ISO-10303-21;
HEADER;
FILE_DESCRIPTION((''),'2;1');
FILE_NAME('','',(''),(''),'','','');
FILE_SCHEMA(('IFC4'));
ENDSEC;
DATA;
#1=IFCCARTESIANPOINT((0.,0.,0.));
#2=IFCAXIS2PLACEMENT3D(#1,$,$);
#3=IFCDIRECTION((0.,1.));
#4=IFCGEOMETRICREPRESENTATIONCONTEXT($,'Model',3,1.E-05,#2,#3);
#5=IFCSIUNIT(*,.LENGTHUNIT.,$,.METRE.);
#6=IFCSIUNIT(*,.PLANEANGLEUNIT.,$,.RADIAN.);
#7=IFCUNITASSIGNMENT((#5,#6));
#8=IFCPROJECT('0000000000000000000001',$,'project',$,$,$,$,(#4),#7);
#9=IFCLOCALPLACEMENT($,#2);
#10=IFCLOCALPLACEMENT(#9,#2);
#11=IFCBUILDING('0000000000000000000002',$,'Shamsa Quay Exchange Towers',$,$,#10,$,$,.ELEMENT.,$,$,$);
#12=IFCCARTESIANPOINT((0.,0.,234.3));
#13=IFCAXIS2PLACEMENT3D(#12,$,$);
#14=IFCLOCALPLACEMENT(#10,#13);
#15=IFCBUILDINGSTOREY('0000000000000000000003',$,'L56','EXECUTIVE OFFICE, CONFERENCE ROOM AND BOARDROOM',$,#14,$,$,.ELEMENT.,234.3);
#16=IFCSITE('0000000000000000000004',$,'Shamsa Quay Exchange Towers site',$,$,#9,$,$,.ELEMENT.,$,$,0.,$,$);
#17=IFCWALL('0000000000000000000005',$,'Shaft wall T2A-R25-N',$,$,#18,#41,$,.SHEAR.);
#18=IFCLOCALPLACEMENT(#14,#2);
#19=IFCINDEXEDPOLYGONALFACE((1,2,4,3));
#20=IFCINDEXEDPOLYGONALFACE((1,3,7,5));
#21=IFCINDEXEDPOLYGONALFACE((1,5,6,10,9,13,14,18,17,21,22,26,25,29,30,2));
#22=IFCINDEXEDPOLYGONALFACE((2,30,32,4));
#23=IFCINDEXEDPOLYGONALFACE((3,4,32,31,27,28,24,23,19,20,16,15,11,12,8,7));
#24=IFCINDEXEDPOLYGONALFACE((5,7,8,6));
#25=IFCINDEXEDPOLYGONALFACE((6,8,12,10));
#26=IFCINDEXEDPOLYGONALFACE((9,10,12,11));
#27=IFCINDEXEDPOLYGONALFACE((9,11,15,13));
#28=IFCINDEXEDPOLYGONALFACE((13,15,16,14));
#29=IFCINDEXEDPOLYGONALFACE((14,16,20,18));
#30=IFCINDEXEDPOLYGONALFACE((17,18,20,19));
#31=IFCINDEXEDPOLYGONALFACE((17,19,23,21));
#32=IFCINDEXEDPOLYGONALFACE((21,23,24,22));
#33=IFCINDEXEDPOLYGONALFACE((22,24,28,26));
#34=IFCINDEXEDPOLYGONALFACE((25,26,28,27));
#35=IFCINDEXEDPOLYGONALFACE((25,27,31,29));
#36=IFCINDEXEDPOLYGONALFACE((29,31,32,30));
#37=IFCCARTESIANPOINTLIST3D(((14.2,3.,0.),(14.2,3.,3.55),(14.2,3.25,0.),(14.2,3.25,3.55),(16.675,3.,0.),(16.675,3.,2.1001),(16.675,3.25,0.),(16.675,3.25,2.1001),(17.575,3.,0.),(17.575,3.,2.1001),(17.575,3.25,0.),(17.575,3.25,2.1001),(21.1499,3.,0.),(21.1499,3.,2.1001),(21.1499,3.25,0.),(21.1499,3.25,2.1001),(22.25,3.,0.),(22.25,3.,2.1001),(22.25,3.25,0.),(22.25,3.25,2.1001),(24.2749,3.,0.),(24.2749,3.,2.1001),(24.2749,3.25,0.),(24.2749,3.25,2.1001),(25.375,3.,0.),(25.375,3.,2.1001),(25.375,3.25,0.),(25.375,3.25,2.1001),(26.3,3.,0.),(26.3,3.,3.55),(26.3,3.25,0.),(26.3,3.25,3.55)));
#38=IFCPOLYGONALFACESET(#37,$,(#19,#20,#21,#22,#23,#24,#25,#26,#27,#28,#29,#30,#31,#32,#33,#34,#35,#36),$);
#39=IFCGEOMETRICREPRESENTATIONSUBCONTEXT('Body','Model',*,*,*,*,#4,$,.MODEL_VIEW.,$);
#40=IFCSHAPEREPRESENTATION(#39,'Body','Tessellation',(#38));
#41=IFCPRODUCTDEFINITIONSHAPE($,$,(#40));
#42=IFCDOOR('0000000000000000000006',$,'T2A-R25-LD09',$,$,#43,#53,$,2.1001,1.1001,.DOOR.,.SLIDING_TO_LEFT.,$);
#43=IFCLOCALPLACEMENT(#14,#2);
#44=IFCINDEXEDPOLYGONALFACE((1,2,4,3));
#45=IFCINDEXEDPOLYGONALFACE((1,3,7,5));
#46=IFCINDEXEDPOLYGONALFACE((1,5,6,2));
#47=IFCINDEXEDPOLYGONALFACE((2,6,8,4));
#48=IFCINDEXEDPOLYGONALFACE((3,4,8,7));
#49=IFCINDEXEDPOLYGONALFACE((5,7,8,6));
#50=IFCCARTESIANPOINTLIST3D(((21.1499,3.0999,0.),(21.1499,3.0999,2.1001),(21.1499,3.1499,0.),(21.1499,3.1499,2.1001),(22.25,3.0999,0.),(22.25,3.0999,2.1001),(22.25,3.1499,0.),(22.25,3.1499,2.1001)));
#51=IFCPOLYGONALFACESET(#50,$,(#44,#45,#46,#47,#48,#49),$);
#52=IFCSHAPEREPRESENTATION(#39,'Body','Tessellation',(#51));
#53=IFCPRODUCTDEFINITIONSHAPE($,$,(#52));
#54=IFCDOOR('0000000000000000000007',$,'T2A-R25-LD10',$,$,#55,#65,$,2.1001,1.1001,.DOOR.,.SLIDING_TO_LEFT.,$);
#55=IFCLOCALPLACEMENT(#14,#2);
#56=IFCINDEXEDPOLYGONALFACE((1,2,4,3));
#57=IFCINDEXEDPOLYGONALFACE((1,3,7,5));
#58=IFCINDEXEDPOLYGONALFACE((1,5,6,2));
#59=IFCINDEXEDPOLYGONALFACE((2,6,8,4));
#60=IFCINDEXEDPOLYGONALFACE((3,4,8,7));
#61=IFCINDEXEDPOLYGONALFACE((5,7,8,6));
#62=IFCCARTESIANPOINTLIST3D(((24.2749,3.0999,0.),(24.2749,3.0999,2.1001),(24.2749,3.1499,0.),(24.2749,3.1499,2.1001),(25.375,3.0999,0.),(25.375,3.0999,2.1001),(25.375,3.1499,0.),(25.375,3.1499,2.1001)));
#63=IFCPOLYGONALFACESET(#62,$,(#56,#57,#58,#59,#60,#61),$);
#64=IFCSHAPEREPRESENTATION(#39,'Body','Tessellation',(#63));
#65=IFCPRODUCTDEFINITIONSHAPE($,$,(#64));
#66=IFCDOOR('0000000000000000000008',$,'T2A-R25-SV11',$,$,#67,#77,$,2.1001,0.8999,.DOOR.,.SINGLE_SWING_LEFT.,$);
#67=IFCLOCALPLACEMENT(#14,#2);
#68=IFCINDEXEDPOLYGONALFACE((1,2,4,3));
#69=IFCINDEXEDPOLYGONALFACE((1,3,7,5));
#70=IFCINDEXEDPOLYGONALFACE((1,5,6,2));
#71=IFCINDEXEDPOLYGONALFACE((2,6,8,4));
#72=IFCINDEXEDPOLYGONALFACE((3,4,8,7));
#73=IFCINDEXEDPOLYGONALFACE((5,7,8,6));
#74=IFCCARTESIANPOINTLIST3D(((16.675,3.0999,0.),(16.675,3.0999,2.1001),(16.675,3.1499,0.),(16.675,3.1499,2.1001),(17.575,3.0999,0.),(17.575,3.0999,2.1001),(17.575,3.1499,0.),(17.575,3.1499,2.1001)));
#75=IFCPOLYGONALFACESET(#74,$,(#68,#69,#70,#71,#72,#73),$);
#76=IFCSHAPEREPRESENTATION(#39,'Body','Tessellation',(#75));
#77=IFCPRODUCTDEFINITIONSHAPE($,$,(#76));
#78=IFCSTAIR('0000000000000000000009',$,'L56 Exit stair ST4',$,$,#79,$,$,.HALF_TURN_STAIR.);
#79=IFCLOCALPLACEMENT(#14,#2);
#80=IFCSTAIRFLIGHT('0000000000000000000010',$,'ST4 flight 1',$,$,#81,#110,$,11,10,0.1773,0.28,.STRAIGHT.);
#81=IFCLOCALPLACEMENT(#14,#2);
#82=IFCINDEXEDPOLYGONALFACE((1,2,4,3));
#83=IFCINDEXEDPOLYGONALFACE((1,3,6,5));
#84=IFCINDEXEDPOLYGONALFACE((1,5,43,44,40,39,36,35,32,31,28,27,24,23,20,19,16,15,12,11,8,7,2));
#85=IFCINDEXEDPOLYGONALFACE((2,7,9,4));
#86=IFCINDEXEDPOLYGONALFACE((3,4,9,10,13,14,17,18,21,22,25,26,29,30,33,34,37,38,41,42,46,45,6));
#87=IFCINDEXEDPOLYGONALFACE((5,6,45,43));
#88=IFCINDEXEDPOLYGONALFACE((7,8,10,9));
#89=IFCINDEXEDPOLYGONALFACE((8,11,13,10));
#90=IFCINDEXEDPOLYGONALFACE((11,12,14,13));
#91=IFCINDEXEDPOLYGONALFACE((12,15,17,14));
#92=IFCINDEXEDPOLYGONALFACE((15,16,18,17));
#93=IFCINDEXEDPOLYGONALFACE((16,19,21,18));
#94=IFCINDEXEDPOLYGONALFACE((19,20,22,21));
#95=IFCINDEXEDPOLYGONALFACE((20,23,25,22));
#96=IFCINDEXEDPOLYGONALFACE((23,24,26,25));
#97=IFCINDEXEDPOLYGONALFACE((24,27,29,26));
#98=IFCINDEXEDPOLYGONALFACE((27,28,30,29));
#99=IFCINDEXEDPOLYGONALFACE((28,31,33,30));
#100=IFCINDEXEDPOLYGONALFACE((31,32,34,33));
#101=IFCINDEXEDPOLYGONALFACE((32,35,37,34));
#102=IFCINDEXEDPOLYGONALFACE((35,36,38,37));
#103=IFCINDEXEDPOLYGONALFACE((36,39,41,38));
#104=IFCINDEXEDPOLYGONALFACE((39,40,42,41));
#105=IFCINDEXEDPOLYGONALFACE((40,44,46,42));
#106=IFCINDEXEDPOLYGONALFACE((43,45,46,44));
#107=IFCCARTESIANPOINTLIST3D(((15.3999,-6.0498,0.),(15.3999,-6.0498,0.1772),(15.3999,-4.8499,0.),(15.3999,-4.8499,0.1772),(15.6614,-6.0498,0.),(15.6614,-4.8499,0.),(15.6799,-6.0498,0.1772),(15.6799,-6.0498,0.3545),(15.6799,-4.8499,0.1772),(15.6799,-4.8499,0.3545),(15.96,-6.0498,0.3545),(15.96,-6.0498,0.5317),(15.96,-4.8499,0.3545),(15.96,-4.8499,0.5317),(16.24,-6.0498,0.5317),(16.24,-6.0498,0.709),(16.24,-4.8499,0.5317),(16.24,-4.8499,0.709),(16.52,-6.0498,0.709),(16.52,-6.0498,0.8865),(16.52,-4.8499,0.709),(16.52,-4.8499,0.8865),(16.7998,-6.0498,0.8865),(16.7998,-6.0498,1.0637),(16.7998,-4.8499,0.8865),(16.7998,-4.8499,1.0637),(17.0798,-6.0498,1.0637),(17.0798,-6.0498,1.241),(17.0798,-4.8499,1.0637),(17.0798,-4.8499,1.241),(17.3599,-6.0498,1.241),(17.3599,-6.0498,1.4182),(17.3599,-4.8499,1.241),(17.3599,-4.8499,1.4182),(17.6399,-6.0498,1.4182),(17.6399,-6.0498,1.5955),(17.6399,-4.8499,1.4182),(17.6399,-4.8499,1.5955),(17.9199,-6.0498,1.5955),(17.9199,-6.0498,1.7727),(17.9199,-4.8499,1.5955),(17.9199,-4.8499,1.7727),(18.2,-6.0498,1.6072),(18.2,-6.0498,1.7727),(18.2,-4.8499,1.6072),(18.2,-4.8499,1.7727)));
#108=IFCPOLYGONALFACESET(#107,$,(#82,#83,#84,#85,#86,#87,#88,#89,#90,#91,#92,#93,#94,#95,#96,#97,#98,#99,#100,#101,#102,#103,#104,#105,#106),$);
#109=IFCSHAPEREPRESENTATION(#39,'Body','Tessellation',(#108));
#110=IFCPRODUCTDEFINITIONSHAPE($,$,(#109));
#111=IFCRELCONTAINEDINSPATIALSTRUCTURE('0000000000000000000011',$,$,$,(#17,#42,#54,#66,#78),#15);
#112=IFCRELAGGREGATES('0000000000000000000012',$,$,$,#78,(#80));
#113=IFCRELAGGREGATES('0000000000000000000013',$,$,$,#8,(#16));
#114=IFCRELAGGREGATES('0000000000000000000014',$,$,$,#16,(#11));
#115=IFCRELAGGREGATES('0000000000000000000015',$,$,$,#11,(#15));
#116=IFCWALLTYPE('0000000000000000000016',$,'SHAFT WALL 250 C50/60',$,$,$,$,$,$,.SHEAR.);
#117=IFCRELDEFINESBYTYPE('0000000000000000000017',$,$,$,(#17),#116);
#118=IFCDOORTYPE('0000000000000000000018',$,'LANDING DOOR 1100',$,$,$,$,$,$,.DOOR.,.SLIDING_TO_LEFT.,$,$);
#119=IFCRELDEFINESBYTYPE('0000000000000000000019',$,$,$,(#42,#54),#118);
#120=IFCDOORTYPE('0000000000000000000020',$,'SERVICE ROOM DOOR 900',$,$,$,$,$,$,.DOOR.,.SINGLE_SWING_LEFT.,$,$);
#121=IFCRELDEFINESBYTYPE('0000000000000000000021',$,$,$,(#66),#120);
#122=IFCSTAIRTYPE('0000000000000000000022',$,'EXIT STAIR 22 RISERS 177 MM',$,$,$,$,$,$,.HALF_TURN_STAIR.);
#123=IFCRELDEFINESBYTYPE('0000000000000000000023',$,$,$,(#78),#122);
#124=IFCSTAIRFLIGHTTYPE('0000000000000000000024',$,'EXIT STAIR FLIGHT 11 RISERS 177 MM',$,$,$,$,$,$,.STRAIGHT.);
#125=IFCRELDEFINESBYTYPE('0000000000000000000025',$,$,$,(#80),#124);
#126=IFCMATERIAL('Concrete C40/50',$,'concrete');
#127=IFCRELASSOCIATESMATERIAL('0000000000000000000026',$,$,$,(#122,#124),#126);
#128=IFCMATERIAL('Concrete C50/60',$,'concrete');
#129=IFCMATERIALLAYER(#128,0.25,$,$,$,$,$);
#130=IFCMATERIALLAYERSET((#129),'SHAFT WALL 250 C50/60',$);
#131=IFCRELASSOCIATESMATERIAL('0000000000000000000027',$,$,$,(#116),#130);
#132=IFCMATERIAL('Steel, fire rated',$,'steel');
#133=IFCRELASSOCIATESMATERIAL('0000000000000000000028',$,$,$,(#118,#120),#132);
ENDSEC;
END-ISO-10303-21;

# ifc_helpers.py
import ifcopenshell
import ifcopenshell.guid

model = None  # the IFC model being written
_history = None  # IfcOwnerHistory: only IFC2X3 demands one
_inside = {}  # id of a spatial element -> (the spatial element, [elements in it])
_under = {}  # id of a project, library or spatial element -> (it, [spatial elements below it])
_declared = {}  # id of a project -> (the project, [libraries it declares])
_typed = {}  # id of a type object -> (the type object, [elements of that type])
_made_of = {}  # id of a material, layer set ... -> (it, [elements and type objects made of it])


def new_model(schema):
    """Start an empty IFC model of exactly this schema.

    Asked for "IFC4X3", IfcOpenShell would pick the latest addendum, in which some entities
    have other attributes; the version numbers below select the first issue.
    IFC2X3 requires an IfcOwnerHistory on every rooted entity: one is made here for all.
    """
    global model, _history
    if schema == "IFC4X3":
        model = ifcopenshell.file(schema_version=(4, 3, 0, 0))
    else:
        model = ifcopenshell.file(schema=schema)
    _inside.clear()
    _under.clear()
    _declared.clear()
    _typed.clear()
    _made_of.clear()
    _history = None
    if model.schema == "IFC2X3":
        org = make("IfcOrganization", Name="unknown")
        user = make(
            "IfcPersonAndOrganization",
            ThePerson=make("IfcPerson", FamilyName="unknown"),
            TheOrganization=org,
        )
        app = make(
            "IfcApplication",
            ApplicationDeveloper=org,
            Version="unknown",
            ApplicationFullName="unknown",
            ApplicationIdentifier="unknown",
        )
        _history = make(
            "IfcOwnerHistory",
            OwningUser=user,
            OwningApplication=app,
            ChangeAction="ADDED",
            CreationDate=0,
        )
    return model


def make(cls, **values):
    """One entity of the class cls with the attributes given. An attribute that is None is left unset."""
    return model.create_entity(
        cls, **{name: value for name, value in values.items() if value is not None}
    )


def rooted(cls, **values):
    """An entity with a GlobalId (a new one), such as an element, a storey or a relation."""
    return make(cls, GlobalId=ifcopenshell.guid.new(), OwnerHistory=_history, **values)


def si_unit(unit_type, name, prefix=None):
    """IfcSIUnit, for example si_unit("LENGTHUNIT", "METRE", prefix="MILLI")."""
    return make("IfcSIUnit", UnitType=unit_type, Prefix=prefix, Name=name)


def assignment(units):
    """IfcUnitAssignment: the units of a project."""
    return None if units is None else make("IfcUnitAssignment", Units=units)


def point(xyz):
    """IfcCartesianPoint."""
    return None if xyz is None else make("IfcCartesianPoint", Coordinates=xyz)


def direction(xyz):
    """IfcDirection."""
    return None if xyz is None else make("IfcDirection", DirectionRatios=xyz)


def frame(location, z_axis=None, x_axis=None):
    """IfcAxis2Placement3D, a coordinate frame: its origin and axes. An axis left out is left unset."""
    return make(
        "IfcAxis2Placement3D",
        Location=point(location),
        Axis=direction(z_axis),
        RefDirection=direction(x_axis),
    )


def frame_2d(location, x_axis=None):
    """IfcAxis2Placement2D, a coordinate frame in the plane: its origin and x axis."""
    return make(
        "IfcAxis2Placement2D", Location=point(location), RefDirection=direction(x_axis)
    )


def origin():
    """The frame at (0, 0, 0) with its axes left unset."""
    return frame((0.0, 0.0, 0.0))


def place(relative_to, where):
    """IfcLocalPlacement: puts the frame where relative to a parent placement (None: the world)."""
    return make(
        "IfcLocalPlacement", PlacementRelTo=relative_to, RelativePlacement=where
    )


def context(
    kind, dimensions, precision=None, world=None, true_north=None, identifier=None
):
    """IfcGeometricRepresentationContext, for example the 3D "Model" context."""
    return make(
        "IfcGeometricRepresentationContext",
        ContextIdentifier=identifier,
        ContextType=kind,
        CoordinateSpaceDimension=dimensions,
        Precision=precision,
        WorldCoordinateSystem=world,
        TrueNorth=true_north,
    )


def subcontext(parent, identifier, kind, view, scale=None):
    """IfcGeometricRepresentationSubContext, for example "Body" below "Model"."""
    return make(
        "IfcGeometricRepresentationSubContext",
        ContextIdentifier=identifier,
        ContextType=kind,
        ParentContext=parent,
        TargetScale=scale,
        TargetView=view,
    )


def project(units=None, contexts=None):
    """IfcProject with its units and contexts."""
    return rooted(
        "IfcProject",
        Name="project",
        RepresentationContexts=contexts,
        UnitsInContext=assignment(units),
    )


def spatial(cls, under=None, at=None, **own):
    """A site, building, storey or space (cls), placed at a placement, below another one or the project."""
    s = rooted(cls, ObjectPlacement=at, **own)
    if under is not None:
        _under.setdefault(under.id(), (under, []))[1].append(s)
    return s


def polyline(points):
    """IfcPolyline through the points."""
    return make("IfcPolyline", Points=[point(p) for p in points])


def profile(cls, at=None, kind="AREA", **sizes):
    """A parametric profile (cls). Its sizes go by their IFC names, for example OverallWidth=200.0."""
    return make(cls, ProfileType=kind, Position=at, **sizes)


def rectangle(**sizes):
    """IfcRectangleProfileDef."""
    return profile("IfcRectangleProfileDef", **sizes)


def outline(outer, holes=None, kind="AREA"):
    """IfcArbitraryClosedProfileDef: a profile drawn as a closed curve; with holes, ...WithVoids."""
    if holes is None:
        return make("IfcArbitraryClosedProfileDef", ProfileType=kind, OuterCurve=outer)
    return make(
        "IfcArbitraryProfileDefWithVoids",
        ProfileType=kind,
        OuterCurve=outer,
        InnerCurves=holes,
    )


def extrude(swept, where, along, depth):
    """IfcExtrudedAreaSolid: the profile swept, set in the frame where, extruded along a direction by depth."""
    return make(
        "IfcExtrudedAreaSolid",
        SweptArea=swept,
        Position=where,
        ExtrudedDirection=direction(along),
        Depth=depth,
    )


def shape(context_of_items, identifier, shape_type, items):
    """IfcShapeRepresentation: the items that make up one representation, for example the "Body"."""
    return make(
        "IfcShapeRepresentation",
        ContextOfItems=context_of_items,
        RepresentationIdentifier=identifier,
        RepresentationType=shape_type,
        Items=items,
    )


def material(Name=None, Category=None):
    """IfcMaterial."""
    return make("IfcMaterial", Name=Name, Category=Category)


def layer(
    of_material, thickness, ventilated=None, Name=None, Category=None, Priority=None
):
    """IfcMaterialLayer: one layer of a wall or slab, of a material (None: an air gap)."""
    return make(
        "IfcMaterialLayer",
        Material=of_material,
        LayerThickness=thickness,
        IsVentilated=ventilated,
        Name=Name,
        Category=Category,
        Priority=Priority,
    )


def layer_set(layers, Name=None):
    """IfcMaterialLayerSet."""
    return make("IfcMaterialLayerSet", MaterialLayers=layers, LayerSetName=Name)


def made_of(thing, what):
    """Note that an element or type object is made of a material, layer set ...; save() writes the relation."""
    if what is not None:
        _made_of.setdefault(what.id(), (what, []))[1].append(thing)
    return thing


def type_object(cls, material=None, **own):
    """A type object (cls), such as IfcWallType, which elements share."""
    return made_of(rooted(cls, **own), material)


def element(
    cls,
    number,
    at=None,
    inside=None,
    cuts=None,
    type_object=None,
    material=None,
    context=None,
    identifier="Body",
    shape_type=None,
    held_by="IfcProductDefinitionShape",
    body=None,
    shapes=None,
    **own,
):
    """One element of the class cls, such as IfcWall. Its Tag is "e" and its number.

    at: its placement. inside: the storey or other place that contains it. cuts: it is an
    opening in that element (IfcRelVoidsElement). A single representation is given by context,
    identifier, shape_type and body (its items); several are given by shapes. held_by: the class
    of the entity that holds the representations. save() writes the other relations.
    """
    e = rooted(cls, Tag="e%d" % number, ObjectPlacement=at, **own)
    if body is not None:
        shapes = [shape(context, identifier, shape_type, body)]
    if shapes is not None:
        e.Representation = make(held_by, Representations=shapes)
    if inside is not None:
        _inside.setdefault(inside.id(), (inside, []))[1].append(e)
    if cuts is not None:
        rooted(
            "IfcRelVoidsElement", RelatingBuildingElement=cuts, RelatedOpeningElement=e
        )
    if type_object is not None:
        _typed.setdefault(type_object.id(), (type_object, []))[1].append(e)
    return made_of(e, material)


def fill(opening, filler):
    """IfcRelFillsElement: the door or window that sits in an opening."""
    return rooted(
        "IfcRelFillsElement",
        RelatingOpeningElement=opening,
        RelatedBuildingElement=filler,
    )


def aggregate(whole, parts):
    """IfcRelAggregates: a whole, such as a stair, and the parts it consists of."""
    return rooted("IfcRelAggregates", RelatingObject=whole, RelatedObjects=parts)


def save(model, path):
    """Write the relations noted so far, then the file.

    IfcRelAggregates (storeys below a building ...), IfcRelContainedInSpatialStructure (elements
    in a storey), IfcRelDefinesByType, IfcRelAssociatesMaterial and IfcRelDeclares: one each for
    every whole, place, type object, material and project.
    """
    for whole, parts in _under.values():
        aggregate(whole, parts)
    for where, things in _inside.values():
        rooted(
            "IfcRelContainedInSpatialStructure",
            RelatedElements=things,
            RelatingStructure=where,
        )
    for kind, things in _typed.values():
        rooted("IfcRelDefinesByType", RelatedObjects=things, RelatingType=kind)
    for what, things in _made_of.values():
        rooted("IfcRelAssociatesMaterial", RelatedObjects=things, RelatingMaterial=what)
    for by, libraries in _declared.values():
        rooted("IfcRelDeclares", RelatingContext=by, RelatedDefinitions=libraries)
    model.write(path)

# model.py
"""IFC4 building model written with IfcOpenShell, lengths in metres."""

from ifc_helpers import new_model, si_unit, direction, frame, frame_2d, origin, place, context, subcontext, project, spatial, polyline, rectangle, outline, extrude, material, layer, layer_set, type_object, element, fill, aggregate, save


model = new_model("IFC4")

# Units and contexts
model_context = context("Model", 3, precision=1e-05, world=origin(), true_north=direction((0.0, 1.0)))
body_context = subcontext(model_context, "Body", "Model", "MODEL_VIEW")
ifc_project = project(units=[si_unit("LENGTHUNIT", "METRE"), si_unit("PLANEANGLEUNIT", "RADIAN")], contexts=[model_context])

# Site, building, storey
site_placement = place(None, origin())
site = spatial("IfcSite", under=ifc_project, at=site_placement, Name="Shamsa Quay Exchange Towers site", CompositionType="ELEMENT", RefElevation=0.0)
building_placement = place(site_placement, origin())
building = spatial("IfcBuilding", under=site, at=building_placement, Name="Shamsa Quay Exchange Towers", CompositionType="ELEMENT")
storey_placement = place(building_placement, frame((0.0, 0.0, 234.3)))
storey = spatial("IfcBuildingStorey", under=building, at=storey_placement, Name="L56", Description="EXECUTIVE OFFICE, CONFERENCE ROOM AND BOARDROOM", CompositionType="ELEMENT", Elevation=234.3)

# Shared definitions
ifc_material_1 = material(Name="Concrete C50/60", Category="concrete")

# Shared definitions
ifc_material_2 = material(Name="Concrete C40/50", Category="concrete")
stair_type = type_object("IfcStairType", Name="EXIT STAIR 22 RISERS 177 MM", PredefinedType="HALF_TURN_STAIR", material=ifc_material_2)

# Shared definitions
ifc_material_3 = material(Name="Steel, fire rated", Category="steel")

# Wall, openings, doors
ifc_layer_1 = layer(ifc_material_1, 0.25)
ifc_layer_set_1 = layer_set([ifc_layer_1], Name="SHAFT WALL 250 C50/60")
wall_type_1 = type_object("IfcWallType", Name="SHAFT WALL 250 C50/60", PredefinedType="SHEAR", material=ifc_layer_set_1)
wall_1_placement = place(storey_placement, frame((14.2, 3.125, 0.0)))
wall_1 = element("IfcWall", 1, at=wall_1_placement, inside=storey, type_object=wall_type_1, Name="Shaft wall T2A-R25-N", PredefinedType="SHEAR", context=body_context, shape_type="SweptSolid", body=[
    extrude(rectangle(XDim=12.1001, YDim=0.25, at=frame_2d((6.05, 0.0))), origin(), (0.0, 0.0, 1.0), 3.55),
])
opening_1_placement = place(wall_1_placement, frame((6.95, 0.0, 0.0)))
opening_1 = element("IfcOpeningElement", 2, at=opening_1_placement, cuts=wall_1, PredefinedType="OPENING", context=body_context, shape_type="SweptSolid", body=[
    extrude(rectangle(XDim=1.1001, YDim=2.1001, at=frame_2d((0.55, 1.05))), frame((0.0, 0.135, 0.0), z_axis=(0.0, -1.0, 0.0), x_axis=(1.0, 0.0, 0.0)), (0.0, 0.0, 1.0), 0.27),
])
opening_2_placement = place(wall_1_placement, frame((10.075, 0.0, 0.0)))
opening_2 = element("IfcOpeningElement", 3, at=opening_2_placement, cuts=wall_1, PredefinedType="OPENING", context=body_context, shape_type="SweptSolid", body=[
    extrude(rectangle(XDim=1.1001, YDim=2.1001, at=frame_2d((0.55, 1.05))), frame((0.0, 0.135, 0.0), z_axis=(0.0, -1.0, 0.0), x_axis=(1.0, 0.0, 0.0)), (0.0, 0.0, 1.0), 0.27),
])
opening_3_placement = place(wall_1_placement, frame((2.4751, 0.0, 0.0)))
opening_3 = element("IfcOpeningElement", 4, at=opening_3_placement, cuts=wall_1, PredefinedType="OPENING", context=body_context, shape_type="SweptSolid", body=[
    extrude(rectangle(XDim=0.8999, YDim=2.1001, at=frame_2d((0.45, 1.05))), frame((0.0, 0.135, 0.0), z_axis=(0.0, -1.0, 0.0), x_axis=(1.0, 0.0, 0.0)), (0.0, 0.0, 1.0), 0.27),
])
door_type_1 = type_object("IfcDoorType", Name="LANDING DOOR 1100", OperationType="SLIDING_TO_LEFT", PredefinedType="DOOR", material=ifc_material_3)
door_1_placement = place(opening_1_placement, origin())
door_1 = element("IfcDoor", 5, at=door_1_placement, inside=storey, type_object=door_type_1, Name="T2A-R25-LD09", OperationType="SLIDING_TO_LEFT", OverallHeight=2.1001, OverallWidth=1.1001, PredefinedType="DOOR", context=body_context, shape_type="SweptSolid", body=[
    extrude(rectangle(XDim=1.1001, YDim=2.1001, at=frame_2d((0.55, 1.05))), frame((0.0, 0.0249, 0.0), z_axis=(0.0, -1.0, 0.0), x_axis=(1.0, 0.0, 0.0)), (0.0, 0.0, 1.0), 0.05),
])
fill(opening_1, door_1)
door_2_placement = place(opening_2_placement, origin())
door_2 = element("IfcDoor", 6, at=door_2_placement, inside=storey, type_object=door_type_1, Name="T2A-R25-LD10", OperationType="SLIDING_TO_LEFT", OverallHeight=2.1001, OverallWidth=1.1001, PredefinedType="DOOR", context=body_context, shape_type="SweptSolid", body=[
    extrude(rectangle(XDim=1.1001, YDim=2.1001, at=frame_2d((0.55, 1.05))), frame((0.0, 0.0249, 0.0), z_axis=(0.0, -1.0, 0.0), x_axis=(1.0, 0.0, 0.0)), (0.0, 0.0, 1.0), 0.05),
])
fill(opening_2, door_2)
door_type_2 = type_object("IfcDoorType", Name="SERVICE ROOM DOOR 900", OperationType="SINGLE_SWING_LEFT", PredefinedType="DOOR", material=ifc_material_3)
door_3_placement = place(opening_3_placement, origin())
door_3 = element("IfcDoor", 7, at=door_3_placement, inside=storey, type_object=door_type_2, Name="T2A-R25-SV11", OperationType="SINGLE_SWING_LEFT", OverallHeight=2.1001, OverallWidth=0.8999, PredefinedType="DOOR", context=body_context, shape_type="SweptSolid", body=[
    extrude(rectangle(XDim=0.8999, YDim=2.1001, at=frame_2d((0.45, 1.05))), frame((0.0, 0.0249, 0.0), z_axis=(0.0, -1.0, 0.0), x_axis=(1.0, 0.0, 0.0)), (0.0, 0.0, 1.0), 0.05),
])
fill(opening_3, door_3)

# Stair, stair flight
stair_1_placement = place(storey_placement, origin())
stair_1 = element("IfcStair", 8, at=stair_1_placement, inside=storey, type_object=stair_type, Name="L56 Exit stair ST4", PredefinedType="HALF_TURN_STAIR")
stair_flight_type = type_object("IfcStairFlightType", Name="EXIT STAIR FLIGHT 11 RISERS 177 MM", PredefinedType="STRAIGHT", material=ifc_material_2)
stair_flight_placement = place(storey_placement, frame((15.3999, -5.45, 0.0)))
stair_flight = element("IfcStairFlight", 9, at=stair_flight_placement, type_object=stair_flight_type, Name="ST4 flight 1", NumberOfRisers=11, NumberOfTreads=10, PredefinedType="STRAIGHT", RiserHeight=0.1773, TreadLength=0.28, context=body_context, shape_type="SweptSolid", body=[
    extrude(outline(polyline([(0.0, 0.0), (0.0, 0.1772), (0.28, 0.1772), (0.28, 0.3545), (0.5601, 0.3545), (0.5601, 0.5317), (0.8401, 0.5317), (0.8401, 0.709), (1.1201, 0.709), (1.1201, 0.8865), (1.3999, 0.8865), (1.3999, 1.0637), (1.6799, 1.0637), (1.6799, 1.241), (1.96, 1.241), (1.96, 1.4182), (2.24, 1.4182), (2.24, 1.5955), (2.52, 1.5955), (2.52, 1.7727), (2.8, 1.7727), (2.8, 1.95), (2.8, 1.6072), (0.2615, 0.0), (0.0, 0.0)])), frame((0.0, 0.6001, 0.0), z_axis=(0.0, -1.0, 0.0), x_axis=(1.0, 0.0, 0.0)), (0.0, 0.0, 1.0), 1.2),
])
aggregate(stair_1, [stair_flight])

save(model, "model.ifc")
